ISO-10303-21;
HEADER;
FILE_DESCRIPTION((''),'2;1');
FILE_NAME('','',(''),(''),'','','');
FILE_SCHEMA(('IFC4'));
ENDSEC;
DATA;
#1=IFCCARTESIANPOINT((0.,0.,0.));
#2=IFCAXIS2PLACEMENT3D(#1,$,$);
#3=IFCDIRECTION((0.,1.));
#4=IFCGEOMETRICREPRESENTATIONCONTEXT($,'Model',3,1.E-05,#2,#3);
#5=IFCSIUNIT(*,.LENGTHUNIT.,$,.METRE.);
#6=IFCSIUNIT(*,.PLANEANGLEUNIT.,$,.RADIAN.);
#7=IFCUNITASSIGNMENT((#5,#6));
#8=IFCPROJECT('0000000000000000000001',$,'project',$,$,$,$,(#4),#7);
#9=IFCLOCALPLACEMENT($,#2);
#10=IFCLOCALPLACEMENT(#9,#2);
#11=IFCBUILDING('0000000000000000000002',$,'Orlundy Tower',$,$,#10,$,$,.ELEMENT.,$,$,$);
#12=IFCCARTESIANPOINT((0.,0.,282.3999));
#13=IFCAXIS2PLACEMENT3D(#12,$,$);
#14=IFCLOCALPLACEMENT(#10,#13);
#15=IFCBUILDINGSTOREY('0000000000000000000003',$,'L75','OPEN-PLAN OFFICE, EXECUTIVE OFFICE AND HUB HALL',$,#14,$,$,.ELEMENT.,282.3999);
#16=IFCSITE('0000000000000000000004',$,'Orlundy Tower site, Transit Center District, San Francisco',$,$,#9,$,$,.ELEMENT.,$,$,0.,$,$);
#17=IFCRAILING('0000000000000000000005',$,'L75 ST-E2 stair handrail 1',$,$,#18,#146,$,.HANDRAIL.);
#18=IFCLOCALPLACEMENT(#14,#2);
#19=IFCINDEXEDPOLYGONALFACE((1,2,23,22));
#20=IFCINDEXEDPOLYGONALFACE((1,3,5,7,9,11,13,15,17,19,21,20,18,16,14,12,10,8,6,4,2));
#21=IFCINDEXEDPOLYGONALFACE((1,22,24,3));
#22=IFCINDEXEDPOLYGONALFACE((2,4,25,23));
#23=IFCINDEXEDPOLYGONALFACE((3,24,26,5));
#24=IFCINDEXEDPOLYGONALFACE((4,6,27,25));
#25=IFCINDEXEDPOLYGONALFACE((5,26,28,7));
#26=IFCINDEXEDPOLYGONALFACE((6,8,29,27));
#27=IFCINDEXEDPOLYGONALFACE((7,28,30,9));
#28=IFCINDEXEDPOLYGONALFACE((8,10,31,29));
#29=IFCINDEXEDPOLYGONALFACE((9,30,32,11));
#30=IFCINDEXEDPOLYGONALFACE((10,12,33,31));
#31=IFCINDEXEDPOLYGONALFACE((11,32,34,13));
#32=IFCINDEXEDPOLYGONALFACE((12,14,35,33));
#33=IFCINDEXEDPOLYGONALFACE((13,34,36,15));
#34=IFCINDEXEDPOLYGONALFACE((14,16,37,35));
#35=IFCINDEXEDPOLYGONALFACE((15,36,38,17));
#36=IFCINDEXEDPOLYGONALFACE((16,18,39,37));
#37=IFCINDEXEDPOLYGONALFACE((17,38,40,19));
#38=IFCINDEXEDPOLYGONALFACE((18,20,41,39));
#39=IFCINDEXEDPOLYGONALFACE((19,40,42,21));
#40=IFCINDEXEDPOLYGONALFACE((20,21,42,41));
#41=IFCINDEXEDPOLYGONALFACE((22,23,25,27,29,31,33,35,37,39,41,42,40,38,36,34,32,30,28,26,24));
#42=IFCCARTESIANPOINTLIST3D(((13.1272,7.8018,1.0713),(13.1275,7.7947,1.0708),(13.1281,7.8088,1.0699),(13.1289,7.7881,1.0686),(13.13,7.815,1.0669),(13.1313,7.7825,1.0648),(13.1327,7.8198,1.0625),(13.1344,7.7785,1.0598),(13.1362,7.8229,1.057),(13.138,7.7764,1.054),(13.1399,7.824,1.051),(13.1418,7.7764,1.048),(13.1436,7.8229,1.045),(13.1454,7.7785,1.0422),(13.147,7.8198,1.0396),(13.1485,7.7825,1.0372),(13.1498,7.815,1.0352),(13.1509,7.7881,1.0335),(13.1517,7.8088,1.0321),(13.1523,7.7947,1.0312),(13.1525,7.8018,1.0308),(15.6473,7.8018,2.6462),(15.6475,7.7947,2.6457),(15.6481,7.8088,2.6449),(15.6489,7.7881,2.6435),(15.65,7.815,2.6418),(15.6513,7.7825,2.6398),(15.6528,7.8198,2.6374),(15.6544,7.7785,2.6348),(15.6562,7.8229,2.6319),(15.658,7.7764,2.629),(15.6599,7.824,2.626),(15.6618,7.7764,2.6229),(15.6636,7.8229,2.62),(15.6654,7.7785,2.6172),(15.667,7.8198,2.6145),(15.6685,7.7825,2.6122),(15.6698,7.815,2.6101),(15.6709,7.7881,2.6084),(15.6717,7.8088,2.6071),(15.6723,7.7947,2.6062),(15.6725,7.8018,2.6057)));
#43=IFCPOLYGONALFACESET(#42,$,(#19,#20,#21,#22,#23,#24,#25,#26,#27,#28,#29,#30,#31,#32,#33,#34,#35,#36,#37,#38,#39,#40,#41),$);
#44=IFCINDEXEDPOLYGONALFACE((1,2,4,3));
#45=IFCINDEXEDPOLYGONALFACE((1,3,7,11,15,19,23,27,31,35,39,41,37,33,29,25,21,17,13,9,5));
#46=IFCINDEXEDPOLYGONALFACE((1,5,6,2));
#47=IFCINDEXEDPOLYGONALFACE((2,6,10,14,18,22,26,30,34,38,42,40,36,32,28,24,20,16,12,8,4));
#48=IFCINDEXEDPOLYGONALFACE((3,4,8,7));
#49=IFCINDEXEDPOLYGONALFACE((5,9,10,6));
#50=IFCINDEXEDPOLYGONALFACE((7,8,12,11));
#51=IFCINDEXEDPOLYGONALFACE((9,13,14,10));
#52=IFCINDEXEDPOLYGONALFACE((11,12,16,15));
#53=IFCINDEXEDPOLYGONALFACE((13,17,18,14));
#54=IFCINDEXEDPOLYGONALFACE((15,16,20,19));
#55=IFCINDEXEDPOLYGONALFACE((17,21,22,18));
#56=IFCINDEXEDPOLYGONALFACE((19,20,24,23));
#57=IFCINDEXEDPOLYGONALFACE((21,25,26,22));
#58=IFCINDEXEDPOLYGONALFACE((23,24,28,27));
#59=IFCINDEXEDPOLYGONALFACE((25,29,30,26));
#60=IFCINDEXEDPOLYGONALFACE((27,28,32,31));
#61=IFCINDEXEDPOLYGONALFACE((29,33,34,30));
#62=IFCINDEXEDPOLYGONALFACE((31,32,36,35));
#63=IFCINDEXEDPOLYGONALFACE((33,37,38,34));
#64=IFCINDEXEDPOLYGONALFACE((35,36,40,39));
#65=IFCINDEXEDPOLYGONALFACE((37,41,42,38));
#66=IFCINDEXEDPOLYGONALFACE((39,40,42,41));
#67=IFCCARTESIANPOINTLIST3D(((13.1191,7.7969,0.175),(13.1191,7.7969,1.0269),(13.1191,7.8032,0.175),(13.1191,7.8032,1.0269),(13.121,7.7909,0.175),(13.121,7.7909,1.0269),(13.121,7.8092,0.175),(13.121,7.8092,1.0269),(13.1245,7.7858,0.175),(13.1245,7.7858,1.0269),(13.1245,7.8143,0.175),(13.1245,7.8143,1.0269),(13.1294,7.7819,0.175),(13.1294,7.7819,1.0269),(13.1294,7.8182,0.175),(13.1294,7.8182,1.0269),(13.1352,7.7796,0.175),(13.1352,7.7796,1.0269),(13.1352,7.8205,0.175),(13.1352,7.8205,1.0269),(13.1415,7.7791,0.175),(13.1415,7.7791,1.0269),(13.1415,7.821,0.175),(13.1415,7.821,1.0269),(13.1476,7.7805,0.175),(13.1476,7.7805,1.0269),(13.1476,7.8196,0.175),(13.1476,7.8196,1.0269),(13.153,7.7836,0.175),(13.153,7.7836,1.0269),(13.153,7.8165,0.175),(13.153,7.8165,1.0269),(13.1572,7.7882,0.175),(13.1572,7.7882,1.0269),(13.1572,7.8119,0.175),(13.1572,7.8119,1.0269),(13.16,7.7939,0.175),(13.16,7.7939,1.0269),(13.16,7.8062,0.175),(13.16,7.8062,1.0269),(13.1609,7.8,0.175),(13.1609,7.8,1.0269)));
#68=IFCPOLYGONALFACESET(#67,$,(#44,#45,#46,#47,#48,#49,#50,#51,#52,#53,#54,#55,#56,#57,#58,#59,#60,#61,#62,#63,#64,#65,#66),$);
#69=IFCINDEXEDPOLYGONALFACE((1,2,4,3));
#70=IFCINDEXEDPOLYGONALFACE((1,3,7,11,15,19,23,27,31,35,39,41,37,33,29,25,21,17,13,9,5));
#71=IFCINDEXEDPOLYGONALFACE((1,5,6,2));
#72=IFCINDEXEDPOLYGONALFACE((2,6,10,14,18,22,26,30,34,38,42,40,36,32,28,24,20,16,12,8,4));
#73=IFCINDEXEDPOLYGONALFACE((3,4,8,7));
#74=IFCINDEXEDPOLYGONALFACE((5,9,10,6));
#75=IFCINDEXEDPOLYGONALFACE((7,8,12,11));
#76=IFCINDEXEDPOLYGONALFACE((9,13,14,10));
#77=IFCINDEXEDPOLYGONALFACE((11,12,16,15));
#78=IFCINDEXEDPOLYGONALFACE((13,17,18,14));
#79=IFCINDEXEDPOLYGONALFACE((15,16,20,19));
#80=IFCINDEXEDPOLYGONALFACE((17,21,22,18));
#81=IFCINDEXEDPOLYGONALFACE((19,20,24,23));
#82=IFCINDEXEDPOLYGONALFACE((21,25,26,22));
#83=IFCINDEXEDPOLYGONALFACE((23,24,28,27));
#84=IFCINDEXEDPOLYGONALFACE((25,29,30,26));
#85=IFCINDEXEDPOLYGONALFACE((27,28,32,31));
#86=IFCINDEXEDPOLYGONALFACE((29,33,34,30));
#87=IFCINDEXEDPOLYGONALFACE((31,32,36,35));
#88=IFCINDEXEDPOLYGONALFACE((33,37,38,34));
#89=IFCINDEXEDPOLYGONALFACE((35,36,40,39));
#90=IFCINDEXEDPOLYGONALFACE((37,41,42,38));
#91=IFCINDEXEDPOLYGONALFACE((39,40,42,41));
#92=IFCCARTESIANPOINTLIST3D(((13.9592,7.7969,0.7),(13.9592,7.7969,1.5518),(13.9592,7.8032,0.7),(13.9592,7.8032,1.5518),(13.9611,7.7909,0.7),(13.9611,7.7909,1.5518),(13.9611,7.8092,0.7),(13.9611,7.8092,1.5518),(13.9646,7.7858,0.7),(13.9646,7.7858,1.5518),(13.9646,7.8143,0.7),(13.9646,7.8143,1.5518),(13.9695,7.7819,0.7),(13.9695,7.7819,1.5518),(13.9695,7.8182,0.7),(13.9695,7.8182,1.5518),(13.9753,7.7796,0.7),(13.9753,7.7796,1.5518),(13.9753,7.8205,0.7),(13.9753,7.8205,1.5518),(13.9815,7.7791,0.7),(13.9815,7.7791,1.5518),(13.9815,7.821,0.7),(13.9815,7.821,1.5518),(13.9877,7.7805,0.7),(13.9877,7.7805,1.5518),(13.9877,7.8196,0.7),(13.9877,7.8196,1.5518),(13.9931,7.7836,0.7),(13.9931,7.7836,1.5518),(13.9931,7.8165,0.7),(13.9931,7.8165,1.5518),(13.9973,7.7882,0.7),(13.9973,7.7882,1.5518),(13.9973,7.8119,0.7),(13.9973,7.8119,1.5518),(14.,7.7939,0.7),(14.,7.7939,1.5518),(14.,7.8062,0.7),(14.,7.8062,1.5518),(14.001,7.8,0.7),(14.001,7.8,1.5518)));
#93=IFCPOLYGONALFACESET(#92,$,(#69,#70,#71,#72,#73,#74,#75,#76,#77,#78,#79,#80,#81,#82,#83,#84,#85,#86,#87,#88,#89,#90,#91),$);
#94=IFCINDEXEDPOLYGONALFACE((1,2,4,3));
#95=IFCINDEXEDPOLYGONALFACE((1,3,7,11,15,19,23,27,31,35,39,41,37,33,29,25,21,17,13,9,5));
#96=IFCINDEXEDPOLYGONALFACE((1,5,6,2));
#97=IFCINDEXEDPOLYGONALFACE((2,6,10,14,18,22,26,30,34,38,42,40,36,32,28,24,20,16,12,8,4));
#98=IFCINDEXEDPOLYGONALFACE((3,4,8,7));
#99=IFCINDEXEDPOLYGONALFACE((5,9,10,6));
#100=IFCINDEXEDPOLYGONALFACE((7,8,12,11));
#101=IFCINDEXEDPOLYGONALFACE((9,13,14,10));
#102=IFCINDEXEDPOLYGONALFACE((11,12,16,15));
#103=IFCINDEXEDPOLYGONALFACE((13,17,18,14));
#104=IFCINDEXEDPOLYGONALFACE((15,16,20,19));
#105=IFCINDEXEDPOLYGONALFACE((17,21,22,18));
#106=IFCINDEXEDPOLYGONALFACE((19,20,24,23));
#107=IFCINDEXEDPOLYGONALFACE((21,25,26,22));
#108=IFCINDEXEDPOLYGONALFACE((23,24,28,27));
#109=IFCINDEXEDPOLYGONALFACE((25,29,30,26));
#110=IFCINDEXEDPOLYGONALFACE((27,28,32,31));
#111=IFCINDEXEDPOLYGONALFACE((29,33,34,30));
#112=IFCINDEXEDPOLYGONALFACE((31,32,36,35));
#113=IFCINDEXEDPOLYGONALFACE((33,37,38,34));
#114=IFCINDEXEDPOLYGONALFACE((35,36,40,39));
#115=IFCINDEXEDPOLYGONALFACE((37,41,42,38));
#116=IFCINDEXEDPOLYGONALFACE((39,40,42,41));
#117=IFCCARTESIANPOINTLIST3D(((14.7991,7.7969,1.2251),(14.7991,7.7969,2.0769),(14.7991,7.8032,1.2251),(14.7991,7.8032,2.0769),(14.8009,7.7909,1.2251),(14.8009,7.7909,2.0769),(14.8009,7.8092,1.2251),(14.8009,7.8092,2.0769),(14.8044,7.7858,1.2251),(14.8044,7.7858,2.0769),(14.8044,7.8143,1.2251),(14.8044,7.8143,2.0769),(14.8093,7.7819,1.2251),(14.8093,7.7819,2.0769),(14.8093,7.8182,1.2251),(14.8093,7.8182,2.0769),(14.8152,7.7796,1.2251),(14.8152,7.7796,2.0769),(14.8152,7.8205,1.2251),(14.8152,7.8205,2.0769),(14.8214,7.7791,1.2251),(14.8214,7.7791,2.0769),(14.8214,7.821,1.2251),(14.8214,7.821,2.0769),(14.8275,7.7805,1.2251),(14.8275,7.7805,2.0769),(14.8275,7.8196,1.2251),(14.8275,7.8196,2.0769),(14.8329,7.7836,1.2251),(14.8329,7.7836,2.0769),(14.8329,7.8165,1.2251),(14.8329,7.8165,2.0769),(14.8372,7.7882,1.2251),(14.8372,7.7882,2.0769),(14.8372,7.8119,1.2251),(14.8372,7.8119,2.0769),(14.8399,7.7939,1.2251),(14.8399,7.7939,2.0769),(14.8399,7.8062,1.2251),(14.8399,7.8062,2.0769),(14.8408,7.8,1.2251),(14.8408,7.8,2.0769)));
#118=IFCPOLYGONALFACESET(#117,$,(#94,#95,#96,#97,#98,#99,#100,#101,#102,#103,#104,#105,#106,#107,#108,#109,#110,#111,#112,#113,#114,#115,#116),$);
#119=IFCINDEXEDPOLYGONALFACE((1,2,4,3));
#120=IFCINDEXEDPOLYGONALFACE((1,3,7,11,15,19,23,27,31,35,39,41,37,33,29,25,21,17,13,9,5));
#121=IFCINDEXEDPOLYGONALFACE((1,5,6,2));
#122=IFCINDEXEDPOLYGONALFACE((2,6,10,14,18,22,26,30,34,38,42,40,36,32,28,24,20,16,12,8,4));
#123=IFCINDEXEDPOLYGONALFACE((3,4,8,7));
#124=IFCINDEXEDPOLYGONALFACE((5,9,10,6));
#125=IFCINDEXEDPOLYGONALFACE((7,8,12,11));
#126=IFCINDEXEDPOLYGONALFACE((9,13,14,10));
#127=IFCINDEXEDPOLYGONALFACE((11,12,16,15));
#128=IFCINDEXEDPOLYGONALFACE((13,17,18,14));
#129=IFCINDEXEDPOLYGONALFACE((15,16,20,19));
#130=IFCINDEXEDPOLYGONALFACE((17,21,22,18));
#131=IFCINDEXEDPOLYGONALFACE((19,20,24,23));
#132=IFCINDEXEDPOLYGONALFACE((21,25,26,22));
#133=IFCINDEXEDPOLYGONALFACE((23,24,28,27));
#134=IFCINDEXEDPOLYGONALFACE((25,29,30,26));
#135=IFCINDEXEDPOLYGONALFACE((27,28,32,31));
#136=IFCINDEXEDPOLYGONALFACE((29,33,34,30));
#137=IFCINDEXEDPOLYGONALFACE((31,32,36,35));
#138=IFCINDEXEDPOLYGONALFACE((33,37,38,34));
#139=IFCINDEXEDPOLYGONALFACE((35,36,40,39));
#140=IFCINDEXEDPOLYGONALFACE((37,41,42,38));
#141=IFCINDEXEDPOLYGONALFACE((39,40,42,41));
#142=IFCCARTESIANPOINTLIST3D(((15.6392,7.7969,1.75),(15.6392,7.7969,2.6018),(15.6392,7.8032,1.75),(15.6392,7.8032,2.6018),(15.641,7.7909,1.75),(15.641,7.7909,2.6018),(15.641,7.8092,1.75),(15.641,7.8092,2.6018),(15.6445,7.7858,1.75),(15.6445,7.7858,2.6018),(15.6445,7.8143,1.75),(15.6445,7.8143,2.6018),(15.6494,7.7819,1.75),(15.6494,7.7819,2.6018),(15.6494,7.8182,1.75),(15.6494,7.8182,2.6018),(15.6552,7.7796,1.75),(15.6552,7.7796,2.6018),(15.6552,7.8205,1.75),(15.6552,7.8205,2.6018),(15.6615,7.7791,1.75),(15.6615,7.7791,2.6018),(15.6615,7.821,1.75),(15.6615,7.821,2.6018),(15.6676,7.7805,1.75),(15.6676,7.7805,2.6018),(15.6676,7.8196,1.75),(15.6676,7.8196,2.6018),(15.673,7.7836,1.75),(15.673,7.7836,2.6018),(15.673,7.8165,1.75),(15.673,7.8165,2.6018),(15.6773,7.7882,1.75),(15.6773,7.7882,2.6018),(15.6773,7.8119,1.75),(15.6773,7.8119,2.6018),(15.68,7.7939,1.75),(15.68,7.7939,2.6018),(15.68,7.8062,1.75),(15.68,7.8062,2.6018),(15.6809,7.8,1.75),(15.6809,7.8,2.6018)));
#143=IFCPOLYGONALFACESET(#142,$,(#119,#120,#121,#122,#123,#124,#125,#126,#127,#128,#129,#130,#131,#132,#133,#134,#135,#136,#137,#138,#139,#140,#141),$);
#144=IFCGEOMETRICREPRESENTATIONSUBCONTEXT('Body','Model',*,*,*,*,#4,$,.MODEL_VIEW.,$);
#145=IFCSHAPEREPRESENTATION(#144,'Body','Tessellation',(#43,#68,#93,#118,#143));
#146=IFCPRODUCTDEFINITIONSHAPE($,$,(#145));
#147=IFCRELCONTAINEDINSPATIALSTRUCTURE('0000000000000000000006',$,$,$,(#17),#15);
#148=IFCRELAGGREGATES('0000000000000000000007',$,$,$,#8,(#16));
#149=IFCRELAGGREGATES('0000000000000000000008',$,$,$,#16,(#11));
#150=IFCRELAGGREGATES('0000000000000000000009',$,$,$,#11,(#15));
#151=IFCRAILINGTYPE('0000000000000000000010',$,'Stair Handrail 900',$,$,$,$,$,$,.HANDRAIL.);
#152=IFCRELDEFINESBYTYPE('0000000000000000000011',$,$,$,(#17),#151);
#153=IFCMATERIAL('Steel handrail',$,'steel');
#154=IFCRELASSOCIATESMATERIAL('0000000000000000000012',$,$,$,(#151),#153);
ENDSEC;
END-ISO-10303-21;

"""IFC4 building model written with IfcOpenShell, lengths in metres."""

from ifc_helpers import new_model, si_unit, direction, frame, origin, origin_2d, place, context, subcontext, project, spatial, circle, extrude, material, type_object, element, save


model = new_model("IFC4")

# Units and contexts
model_context = context("Model", 3, precision=1e-05, world=origin(), true_north=direction((0.0, 1.0)))
body_context = subcontext(model_context, "Body", "Model", "MODEL_VIEW")
ifc_project = project(units=[si_unit("LENGTHUNIT", "METRE"), si_unit("PLANEANGLEUNIT", "RADIAN")], contexts=[model_context])

# Site, building, storey
site_placement = place(None, origin())
site = spatial("IfcSite", under=ifc_project, at=site_placement, Name="Orlundy Tower site, Transit Center District, San Francisco", CompositionType="ELEMENT", RefElevation=0.0)
building_placement = place(site_placement, origin())
building = spatial("IfcBuilding", under=site, at=building_placement, Name="Orlundy Tower", CompositionType="ELEMENT")
storey_placement = place(building_placement, frame((0.0, 0.0, 282.3999)))
storey = spatial("IfcBuildingStorey", under=building, at=storey_placement, Name="L75", Description="OPEN-PLAN OFFICE, EXECUTIVE OFFICE AND HUB HALL", CompositionType="ELEMENT", Elevation=282.3999)

# Railing
ifc_material_1 = material(Name="Steel handrail", Category="steel")
railing_type_1 = type_object("IfcRailingType", Name="Stair Handrail 900", PredefinedType="HANDRAIL", material=ifc_material_1)
railing_1_placement = place(storey_placement, frame((13.1399, 7.8, 0.175)))
element("IfcRailing", 1, at=railing_1_placement, inside=storey, type_object=railing_type_1, Name="L75 ST-E2 stair handrail 1", PredefinedType="HANDRAIL", context=body_context, shape_type="SweptSolid", body=[
    extrude(circle(Radius=0.0239, at=origin_2d()), frame((0.0, 0.0, 0.876), z_axis=(0.848008, 0.0, 0.529984), x_axis=(0.0, 1.0, 0.0)), (0.0, 0.0, 1.0), 2.9717),
    extrude(circle(Radius=0.021, at=origin_2d()), origin(), (0.0, 0.0, 1.0), 0.8518),
    extrude(circle(Radius=0.021, at=origin_2d()), frame((0.8401, 0.0, 0.5249)), (0.0, 0.0, 1.0), 0.8518),
    extrude(circle(Radius=0.021, at=origin_2d()), frame((1.6799, 0.0, 1.05)), (0.0, 0.0, 1.0), 0.8518),
    extrude(circle(Radius=0.021, at=origin_2d()), frame((2.52, 0.0, 1.575)), (0.0, 0.0, 1.0), 0.8518),
])

save(model, "model.ifc")
